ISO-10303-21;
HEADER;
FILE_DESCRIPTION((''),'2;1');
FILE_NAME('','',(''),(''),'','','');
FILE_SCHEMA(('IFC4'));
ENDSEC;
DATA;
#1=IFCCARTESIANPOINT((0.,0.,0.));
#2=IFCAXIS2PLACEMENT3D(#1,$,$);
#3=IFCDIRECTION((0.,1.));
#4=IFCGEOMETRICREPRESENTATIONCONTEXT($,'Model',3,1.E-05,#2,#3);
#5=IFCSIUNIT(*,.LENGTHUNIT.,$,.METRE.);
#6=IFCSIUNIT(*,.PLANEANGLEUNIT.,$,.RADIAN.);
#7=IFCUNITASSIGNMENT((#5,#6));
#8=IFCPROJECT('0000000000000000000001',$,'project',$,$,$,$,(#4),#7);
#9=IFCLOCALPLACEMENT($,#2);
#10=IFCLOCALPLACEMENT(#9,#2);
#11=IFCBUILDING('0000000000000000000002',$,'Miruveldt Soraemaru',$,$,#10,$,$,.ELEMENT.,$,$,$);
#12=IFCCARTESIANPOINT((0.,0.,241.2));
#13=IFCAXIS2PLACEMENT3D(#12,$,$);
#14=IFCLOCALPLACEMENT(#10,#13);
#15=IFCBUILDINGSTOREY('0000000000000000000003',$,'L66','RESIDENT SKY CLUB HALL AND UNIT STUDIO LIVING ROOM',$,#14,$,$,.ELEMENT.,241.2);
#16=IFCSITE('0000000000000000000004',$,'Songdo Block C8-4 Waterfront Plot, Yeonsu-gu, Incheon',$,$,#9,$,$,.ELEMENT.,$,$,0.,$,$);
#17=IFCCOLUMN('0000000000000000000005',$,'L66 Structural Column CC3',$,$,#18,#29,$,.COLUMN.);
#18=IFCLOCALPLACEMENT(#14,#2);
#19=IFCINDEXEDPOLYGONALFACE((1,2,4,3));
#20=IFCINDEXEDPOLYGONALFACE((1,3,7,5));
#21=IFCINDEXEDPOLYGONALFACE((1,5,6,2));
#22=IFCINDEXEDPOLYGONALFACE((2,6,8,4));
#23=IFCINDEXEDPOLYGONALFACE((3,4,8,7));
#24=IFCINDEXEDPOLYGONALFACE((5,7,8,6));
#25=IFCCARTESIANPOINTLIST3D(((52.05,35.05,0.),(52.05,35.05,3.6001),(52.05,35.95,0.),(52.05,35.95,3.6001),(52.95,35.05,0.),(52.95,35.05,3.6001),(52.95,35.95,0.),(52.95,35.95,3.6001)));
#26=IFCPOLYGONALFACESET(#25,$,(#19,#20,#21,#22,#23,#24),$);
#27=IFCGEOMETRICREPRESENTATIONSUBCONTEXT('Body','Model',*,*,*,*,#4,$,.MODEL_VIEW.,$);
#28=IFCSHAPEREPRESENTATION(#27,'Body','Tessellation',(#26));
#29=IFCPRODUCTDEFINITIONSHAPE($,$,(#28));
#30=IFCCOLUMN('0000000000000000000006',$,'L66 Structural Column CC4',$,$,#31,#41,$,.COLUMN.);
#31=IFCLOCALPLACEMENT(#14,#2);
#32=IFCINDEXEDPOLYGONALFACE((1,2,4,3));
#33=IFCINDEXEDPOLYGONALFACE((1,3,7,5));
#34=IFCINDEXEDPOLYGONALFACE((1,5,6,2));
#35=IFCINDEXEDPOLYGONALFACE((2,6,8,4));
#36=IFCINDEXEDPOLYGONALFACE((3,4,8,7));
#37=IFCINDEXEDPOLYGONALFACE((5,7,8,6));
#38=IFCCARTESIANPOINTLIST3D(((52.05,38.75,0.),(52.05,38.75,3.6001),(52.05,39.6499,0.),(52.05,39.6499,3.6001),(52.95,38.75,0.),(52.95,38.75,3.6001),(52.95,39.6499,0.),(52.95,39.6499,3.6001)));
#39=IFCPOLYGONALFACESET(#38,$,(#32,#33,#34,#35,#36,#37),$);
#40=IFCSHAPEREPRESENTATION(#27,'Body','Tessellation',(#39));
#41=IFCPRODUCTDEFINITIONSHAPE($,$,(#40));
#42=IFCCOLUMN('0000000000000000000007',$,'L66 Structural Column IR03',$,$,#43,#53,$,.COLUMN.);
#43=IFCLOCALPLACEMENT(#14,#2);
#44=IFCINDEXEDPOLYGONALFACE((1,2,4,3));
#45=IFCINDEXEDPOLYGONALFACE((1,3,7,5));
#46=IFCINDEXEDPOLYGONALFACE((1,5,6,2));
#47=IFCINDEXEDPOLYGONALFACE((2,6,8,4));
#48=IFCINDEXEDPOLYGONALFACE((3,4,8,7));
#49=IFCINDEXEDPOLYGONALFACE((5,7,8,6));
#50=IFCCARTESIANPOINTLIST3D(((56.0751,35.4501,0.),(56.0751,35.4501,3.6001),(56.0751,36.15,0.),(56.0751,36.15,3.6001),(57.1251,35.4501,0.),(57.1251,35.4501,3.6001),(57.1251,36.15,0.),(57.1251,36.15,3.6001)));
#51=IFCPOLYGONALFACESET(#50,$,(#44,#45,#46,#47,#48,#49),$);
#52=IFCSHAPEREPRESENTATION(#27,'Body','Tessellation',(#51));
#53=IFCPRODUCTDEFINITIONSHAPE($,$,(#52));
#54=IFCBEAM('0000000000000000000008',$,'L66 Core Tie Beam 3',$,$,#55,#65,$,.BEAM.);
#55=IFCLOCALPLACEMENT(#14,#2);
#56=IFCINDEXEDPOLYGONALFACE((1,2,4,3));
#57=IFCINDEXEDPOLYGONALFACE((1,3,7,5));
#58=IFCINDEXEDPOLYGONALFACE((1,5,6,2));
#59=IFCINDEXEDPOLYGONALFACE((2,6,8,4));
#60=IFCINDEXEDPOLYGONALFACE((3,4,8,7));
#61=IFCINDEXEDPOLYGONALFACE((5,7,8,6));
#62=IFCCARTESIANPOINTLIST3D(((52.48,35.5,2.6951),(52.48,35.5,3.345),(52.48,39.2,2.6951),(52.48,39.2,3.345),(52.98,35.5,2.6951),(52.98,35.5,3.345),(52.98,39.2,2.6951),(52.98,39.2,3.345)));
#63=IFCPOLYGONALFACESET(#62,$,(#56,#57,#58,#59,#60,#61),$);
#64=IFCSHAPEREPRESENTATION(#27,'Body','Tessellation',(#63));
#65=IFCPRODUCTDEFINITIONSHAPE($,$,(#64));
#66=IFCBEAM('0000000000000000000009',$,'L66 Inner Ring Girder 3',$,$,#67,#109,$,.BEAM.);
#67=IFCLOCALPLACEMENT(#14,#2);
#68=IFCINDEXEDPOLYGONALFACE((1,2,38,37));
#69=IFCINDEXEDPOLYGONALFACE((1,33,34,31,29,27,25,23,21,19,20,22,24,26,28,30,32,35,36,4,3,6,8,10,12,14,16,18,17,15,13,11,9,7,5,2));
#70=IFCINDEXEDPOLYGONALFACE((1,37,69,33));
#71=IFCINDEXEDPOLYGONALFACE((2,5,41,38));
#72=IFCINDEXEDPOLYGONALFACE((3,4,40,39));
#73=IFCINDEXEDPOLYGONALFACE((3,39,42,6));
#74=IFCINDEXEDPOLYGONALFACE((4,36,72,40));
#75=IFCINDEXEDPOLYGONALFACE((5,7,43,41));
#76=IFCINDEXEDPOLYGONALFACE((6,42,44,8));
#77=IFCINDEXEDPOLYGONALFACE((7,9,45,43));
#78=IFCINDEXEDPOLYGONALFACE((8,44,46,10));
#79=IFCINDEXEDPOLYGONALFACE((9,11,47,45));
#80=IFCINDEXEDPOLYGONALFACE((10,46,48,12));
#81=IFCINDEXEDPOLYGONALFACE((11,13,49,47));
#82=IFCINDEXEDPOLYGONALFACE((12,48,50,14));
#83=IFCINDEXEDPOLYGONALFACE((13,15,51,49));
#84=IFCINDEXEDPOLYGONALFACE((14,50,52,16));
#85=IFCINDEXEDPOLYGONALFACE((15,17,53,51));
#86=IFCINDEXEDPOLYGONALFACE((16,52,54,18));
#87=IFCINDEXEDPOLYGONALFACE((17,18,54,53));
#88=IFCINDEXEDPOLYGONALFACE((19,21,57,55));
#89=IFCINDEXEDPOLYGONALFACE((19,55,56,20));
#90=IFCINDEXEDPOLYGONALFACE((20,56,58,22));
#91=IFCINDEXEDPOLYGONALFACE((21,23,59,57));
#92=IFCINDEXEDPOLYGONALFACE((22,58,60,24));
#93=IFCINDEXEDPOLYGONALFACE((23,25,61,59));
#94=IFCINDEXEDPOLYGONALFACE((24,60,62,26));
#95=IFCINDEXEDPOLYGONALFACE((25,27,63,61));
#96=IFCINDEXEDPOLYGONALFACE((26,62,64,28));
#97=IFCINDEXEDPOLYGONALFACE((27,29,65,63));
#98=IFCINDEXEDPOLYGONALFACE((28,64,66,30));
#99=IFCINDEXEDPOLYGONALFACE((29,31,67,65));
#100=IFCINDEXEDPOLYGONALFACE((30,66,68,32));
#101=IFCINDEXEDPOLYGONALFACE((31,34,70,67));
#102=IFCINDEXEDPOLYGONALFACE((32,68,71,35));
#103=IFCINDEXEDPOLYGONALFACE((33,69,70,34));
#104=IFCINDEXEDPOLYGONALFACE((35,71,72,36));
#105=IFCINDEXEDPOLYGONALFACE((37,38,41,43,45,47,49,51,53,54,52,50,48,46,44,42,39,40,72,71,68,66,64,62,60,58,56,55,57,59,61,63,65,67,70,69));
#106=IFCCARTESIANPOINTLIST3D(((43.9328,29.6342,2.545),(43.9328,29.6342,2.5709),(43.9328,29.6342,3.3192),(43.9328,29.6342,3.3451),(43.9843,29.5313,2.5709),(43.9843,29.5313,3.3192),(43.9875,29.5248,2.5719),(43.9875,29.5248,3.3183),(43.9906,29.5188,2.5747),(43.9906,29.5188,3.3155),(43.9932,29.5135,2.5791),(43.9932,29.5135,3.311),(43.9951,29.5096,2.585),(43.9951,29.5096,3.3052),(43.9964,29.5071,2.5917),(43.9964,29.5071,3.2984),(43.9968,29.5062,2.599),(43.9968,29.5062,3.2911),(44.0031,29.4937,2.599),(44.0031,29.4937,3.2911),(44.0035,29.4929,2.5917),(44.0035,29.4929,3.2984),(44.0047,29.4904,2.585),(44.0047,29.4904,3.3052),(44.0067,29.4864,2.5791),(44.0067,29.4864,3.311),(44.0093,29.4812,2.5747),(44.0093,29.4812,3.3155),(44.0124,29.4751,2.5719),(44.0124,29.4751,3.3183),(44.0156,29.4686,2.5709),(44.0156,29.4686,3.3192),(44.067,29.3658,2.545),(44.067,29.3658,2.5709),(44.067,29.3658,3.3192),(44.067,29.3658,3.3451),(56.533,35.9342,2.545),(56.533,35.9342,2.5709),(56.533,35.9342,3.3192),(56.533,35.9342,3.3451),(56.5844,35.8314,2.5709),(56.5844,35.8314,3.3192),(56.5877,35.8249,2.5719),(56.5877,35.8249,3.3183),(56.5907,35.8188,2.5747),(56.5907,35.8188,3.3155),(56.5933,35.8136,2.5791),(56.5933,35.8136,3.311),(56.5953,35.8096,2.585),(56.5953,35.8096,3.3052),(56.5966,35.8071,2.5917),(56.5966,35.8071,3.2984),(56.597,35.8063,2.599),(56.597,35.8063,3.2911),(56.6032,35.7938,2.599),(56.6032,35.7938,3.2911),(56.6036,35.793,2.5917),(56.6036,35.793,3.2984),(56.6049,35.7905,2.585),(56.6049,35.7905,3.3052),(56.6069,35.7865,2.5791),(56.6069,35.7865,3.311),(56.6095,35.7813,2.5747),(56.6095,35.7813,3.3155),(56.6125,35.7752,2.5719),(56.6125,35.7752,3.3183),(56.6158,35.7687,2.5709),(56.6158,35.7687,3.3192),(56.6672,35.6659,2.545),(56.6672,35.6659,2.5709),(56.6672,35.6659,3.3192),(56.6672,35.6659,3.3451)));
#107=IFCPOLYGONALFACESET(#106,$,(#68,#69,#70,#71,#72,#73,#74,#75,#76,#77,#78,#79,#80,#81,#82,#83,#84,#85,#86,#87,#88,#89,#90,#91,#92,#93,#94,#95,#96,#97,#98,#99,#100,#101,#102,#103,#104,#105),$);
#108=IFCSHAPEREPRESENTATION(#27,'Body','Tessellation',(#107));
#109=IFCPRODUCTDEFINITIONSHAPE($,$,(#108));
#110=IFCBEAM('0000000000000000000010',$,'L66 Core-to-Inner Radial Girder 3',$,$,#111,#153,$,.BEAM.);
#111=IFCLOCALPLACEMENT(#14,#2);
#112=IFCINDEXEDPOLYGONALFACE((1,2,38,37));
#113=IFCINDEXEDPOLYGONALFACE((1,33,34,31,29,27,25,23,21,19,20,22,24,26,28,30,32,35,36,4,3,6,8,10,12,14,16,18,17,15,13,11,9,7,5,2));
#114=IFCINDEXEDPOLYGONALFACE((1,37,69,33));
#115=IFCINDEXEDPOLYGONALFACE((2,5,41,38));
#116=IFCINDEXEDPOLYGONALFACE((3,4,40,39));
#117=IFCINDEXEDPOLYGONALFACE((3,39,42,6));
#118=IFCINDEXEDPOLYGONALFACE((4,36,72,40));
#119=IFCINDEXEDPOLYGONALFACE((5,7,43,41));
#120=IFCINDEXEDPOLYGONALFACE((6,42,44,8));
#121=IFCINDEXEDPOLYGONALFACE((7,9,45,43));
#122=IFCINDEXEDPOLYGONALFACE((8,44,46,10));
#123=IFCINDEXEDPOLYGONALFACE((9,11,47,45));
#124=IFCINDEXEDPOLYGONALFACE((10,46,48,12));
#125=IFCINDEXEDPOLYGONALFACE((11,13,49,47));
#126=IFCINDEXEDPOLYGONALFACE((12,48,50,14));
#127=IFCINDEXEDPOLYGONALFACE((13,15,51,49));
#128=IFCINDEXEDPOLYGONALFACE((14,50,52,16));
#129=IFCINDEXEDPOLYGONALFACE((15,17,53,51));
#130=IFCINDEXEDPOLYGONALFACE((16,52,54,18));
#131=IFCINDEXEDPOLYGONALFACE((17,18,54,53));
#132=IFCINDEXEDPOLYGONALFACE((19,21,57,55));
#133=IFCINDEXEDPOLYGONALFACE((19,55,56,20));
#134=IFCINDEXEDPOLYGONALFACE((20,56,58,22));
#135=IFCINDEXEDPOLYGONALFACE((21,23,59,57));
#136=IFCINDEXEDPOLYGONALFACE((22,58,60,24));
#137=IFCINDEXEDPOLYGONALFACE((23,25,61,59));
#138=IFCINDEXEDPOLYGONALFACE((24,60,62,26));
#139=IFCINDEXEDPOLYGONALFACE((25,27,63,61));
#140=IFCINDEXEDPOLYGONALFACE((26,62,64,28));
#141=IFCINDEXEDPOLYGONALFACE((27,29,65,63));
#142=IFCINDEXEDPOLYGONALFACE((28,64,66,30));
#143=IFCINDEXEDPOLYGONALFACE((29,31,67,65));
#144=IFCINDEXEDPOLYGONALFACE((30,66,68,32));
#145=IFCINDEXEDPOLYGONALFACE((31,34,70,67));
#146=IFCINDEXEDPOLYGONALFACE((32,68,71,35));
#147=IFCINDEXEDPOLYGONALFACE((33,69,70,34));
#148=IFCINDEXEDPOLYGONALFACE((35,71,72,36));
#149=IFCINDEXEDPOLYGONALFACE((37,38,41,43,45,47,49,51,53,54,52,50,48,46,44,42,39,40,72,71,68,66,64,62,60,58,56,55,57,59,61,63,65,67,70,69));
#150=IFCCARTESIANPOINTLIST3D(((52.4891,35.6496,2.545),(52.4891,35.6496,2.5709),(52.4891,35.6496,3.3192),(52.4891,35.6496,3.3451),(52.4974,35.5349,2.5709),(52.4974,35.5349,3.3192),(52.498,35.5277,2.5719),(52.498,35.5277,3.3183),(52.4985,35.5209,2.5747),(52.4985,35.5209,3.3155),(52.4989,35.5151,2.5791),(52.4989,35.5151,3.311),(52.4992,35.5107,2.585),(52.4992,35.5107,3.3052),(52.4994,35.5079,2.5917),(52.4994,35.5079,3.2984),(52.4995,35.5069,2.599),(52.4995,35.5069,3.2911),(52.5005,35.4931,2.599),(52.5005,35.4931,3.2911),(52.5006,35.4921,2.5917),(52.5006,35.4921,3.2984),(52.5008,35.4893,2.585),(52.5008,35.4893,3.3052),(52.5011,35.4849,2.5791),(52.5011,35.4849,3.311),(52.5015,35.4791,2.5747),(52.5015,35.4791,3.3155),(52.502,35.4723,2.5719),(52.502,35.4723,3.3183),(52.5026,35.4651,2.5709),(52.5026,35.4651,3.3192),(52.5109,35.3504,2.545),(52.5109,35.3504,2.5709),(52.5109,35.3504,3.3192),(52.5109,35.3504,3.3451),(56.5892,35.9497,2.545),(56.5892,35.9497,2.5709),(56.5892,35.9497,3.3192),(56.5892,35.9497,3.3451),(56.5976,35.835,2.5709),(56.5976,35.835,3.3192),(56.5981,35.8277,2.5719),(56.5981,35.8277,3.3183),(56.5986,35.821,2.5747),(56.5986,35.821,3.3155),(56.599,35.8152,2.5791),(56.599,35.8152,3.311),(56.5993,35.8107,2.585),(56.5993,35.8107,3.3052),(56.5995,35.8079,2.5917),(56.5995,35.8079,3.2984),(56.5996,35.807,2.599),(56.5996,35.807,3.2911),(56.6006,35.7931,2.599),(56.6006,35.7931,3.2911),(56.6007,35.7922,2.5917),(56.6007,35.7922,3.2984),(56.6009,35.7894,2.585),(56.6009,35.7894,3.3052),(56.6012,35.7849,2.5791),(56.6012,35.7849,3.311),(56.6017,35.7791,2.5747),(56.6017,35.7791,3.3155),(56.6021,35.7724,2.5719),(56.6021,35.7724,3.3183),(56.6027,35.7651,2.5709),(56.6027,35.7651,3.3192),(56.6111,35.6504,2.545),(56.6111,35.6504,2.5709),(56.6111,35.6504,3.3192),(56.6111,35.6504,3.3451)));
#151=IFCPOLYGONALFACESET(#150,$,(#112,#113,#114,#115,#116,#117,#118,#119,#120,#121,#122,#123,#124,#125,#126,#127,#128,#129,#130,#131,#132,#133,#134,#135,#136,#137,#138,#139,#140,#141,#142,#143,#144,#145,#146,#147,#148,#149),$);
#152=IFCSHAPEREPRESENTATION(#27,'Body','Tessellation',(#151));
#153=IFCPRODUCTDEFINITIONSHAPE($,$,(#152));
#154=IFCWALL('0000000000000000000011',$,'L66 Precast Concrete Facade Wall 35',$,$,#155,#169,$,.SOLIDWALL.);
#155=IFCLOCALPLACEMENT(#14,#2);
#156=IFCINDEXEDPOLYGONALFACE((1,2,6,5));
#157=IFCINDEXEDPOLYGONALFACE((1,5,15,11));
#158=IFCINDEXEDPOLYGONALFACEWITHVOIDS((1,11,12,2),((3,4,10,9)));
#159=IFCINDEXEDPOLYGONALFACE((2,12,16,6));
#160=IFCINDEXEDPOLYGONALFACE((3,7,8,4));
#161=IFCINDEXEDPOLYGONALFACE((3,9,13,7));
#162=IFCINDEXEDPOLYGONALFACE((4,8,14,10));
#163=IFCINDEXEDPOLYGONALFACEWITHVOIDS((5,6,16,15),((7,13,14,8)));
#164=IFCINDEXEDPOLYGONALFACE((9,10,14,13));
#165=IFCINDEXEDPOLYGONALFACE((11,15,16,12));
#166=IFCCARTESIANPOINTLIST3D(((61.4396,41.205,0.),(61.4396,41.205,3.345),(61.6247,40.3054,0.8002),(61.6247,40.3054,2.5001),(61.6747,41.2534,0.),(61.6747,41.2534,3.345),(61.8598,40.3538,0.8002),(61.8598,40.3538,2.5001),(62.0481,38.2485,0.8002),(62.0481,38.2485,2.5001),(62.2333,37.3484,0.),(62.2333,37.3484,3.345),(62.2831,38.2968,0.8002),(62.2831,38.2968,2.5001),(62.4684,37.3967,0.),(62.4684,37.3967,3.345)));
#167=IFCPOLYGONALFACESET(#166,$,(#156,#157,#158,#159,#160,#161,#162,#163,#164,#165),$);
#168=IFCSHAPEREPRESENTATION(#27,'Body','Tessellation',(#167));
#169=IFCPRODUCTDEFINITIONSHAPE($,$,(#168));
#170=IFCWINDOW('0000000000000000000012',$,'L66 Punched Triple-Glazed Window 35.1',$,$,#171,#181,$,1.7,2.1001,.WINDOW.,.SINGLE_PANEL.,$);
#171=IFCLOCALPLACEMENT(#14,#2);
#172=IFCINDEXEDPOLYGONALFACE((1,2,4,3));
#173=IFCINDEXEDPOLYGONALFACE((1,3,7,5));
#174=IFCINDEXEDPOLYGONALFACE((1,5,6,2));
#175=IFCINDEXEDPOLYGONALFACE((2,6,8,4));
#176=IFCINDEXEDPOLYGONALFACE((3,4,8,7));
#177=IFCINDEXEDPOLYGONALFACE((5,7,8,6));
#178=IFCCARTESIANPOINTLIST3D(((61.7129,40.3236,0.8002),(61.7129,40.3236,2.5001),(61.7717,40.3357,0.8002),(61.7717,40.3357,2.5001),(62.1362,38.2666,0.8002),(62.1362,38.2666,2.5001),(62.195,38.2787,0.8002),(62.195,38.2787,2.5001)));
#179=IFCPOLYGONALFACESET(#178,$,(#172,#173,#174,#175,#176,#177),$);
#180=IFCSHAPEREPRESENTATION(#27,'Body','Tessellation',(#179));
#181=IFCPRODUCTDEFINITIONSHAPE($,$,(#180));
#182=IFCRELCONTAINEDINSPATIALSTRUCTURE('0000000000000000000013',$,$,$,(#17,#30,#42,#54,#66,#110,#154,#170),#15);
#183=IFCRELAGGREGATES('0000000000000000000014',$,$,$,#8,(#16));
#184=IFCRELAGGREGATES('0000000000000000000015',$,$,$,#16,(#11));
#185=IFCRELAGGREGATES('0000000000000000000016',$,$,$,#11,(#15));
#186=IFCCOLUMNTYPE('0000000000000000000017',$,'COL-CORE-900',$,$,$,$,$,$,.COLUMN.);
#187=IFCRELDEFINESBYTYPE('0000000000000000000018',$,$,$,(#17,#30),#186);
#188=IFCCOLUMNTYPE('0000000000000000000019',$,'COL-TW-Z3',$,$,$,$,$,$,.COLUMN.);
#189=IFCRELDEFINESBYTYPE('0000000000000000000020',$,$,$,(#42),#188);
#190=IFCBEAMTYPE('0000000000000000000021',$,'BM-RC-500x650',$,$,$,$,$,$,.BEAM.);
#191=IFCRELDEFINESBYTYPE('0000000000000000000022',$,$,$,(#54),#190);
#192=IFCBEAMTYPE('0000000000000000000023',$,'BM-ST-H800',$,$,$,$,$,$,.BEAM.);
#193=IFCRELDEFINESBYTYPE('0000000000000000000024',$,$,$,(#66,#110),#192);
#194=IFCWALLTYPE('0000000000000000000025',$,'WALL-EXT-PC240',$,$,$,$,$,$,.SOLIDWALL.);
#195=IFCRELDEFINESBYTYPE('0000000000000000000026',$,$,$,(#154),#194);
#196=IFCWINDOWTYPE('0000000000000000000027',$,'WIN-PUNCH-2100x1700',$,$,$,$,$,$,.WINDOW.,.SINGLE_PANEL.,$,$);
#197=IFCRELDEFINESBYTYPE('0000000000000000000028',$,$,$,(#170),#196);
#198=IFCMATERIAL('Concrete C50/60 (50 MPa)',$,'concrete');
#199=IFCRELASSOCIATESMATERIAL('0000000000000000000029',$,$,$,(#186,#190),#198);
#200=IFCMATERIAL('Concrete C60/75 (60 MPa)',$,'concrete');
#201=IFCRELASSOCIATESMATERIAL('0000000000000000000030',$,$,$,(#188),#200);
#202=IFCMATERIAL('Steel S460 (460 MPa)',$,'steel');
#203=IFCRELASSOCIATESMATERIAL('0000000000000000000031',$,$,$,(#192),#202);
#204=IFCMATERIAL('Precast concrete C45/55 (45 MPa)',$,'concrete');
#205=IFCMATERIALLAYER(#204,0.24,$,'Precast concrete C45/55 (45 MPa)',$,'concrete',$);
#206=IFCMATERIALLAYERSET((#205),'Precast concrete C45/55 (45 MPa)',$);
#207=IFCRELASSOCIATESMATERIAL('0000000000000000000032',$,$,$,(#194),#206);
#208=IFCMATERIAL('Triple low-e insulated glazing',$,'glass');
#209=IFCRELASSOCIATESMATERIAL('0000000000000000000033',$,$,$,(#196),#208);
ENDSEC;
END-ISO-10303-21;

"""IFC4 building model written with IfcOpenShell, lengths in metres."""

from ifc_helpers import new_model, si_unit, direction, frame, frame_2d, origin, origin_2d, place, context, subcontext, project, spatial, rectangle, i_section, extrude, material, layer, layer_set, material_profile, profile_set, type_object, element, fill, save


model = new_model("IFC4")

# Units and contexts
model_context = context("Model", 3, precision=1e-05, world=origin(), true_north=direction((0.0, 1.0)))
body_context = subcontext(model_context, "Body", "Model", "MODEL_VIEW")
ifc_project = project(units=[si_unit("LENGTHUNIT", "METRE"), si_unit("PLANEANGLEUNIT", "RADIAN")], contexts=[model_context])

# Site, building, storey
site_placement = place(None, origin())
site = spatial("IfcSite", under=ifc_project, at=site_placement, Name="Songdo Block C8-4 Waterfront Plot, Yeonsu-gu, Incheon", CompositionType="ELEMENT", RefElevation=0.0)
building_placement = place(site_placement, origin())
building = spatial("IfcBuilding", under=site, at=building_placement, Name="Miruveldt Soraemaru", CompositionType="ELEMENT")
storey_placement = place(building_placement, frame((0.0, 0.0, 241.2)))
storey = spatial("IfcBuildingStorey", under=building, at=storey_placement, Name="L66", Description="RESIDENT SKY CLUB HALL AND UNIT STUDIO LIVING ROOM", CompositionType="ELEMENT", Elevation=241.2)

# Columns
ifc_material_1 = material(Name="Concrete C50/60 (50 MPa)", Category="concrete")
ifc_material_profile_1 = material_profile(ifc_material_1, rectangle(XDim=0.8999, YDim=0.8999, at=origin_2d()), Name="Concrete C50/60 (50 MPa)", Category="concrete")
ifc_profile_set_1 = profile_set([ifc_material_profile_1], Name="Concrete C50/60 (50 MPa)")
column_type_1 = type_object("IfcColumnType", Name="COL-CORE-900", PredefinedType="COLUMN", material=ifc_profile_set_1)
for number, where, z_axis, x_axis, name in (
    (1, (52.5, 35.5, 0.0), (0.0, 0.0, 1.0), (1.0, 0.0, 0.0), "L66 Structural Column CC3"),
    (2, (52.5, 39.2, 0.0), (0.0, 0.0, 1.0), (1.0, 0.0, 0.0), "L66 Structural Column CC4"),
):
    element("IfcColumn", number, at=place(storey_placement, frame(where, z_axis=z_axis, x_axis=x_axis)), inside=storey, type_object=column_type_1, Name=name, PredefinedType="COLUMN", context=body_context, shape_type="SweptSolid", body=[
        extrude(rectangle(XDim=0.8999, YDim=0.8999, at=origin_2d()), origin(), (0.0, 0.0, 1.0), 3.6001),
    ])
ifc_material_2 = material(Name="Concrete C60/75 (60 MPa)", Category="concrete")
ifc_material_profile_2 = material_profile(ifc_material_2, rectangle(XDim=1.05, YDim=0.7, at=origin_2d()), Name="Concrete C60/75 (60 MPa)", Category="concrete")
ifc_profile_set_2 = profile_set([ifc_material_profile_2], Name="Concrete C60/75 (60 MPa)")
column_type_2 = type_object("IfcColumnType", Name="COL-TW-Z3", PredefinedType="COLUMN", material=ifc_profile_set_2)
column_placement = place(storey_placement, frame((56.6001, 35.8, 0.0), z_axis=(0.0, 0.0, 1.0), x_axis=(1.0, 0.0, 0.0)))
element("IfcColumn", 3, at=column_placement, inside=storey, type_object=column_type_2, Name="L66 Structural Column IR03", PredefinedType="COLUMN", context=body_context, shape_type="SweptSolid", body=[
    extrude(rectangle(XDim=1.05, YDim=0.7, at=origin_2d()), origin(), (0.0, 0.0, 1.0), 3.6001),
])

# Beams
ifc_material_profile_3 = material_profile(ifc_material_1, rectangle(XDim=0.5, YDim=0.6499, at=origin_2d()), Name="Concrete C50/60 (50 MPa)", Category="concrete")
ifc_profile_set_3 = profile_set([ifc_material_profile_3], Name="Concrete C50/60 (50 MPa)")
beam_type_1 = type_object("IfcBeamType", Name="BM-RC-500x650", PredefinedType="BEAM", material=ifc_profile_set_3)
beam_1_placement = place(storey_placement, frame((52.73, 35.5, 3.02), z_axis=(0.0, 1.0, 0.0), x_axis=(-1.0, 0.0, 0.0)))
element("IfcBeam", 4, at=beam_1_placement, inside=storey, type_object=beam_type_1, Name="L66 Core Tie Beam 3", PredefinedType="BEAM", context=body_context, shape_type="SweptSolid", body=[
    extrude(rectangle(XDim=0.5, YDim=0.6499, at=origin_2d()), origin(), (0.0, 0.0, 1.0), 3.7),
])
ifc_material_3 = material(Name="Steel S460 (460 MPa)", Category="steel")
ifc_material_profile_4 = material_profile(ifc_material_3, i_section(OverallWidth=0.3, OverallDepth=0.8, WebThickness=0.0139, FlangeThickness=0.0259, FilletRadius=0.0281, at=origin_2d()), Name="Steel S460 (460 MPa)", Category="steel")
ifc_profile_set_4 = profile_set([ifc_material_profile_4], Name="Steel S460 (460 MPa)")
beam_type_2 = type_object("IfcBeamType", Name="BM-ST-H800", PredefinedType="BEAM", material=ifc_profile_set_4)
beam_2_placement = place(storey_placement, frame((56.6001, 35.8, 2.9451), z_axis=(-0.894427, -0.447214, 0.0), x_axis=(0.447214, -0.894427, 0.0)))
element("IfcBeam", 5, at=beam_2_placement, inside=storey, type_object=beam_type_2, Name="L66 Inner Ring Girder 3", PredefinedType="BEAM", context=body_context, shape_type="SweptSolid", body=[
    extrude(i_section(OverallWidth=0.3, OverallDepth=0.8, WebThickness=0.0139, FlangeThickness=0.0259, FilletRadius=0.0281, at=origin_2d()), origin(), (0.0, 0.0, 1.0), 14.0874),
])
beam_3_placement = place(storey_placement, frame((52.5, 35.5, 2.9451), z_axis=(0.997333, 0.072986, 0.0), x_axis=(-0.072986, 0.997333, 0.0)))
element("IfcBeam", 6, at=beam_3_placement, inside=storey, type_object=beam_type_2, Name="L66 Core-to-Inner Radial Girder 3", PredefinedType="BEAM", context=body_context, shape_type="SweptSolid", body=[
    extrude(i_section(OverallWidth=0.3, OverallDepth=0.8, WebThickness=0.0139, FlangeThickness=0.0259, FilletRadius=0.0281, at=origin_2d()), origin(), (0.0, 0.0, 1.0), 4.1111),
])

# Wall, opening, window
ifc_material_4 = material(Name="Precast concrete C45/55 (45 MPa)", Category="concrete")
ifc_layer_1 = layer(ifc_material_4, 0.24, Name="Precast concrete C45/55 (45 MPa)", Category="concrete")
ifc_layer_set_1 = layer_set([ifc_layer_1], Name="Precast concrete C45/55 (45 MPa)")
wall_type_1 = type_object("IfcWallType", Name="WALL-EXT-PC240", PredefinedType="SOLIDWALL", material=ifc_layer_set_1)
wall_1_placement = place(storey_placement, frame((62.3508, 37.3726, 0.0), z_axis=(0.0, 0.0, 1.0), x_axis=(-0.201574, 0.979473, 0.0)))
wall_1 = element("IfcWall", 7, at=wall_1_placement, inside=storey, type_object=wall_type_1, Name="L66 Precast Concrete Facade Wall 35", PredefinedType="SOLIDWALL", context=body_context, shape_type="SweptSolid", body=[
    extrude(rectangle(XDim=3.9375, YDim=0.24, at=frame_2d((1.9688, 0.0))), origin(), (0.0, 0.0, 1.0), 3.345),
])
opening_1_placement = place(wall_1_placement, frame((0.9189, 0.0, 0.8)))
opening_1 = element("IfcOpeningElement", 8, at=opening_1_placement, cuts=wall_1, PredefinedType="OPENING", context=body_context, shape_type="SweptSolid", body=[
    extrude(rectangle(XDim=2.1001, YDim=1.7, at=frame_2d((1.05, 0.8501))), frame((0.0, 0.1299, 0.0), z_axis=(0.0, -1.0, 0.0), x_axis=(1.0, 0.0, 0.0)), (0.0, 0.0, 1.0), 0.26),
])
ifc_material_5 = material(Name="Triple low-e insulated glazing", Category="glass")
window_type = type_object("IfcWindowType", Name="WIN-PUNCH-2100x1700", PartitioningType="SINGLE_PANEL", PredefinedType="WINDOW", material=ifc_material_5)
window_placement = place(opening_1_placement, origin())
window = element("IfcWindow", 9, at=window_placement, inside=storey, type_object=window_type, Name="L66 Punched Triple-Glazed Window 35.1", OverallHeight=1.7, OverallWidth=2.1001, PartitioningType="SINGLE_PANEL", PredefinedType="WINDOW", context=body_context, shape_type="SweptSolid", body=[
    extrude(rectangle(XDim=2.1001, YDim=1.7, at=frame_2d((1.05, 0.8501))), frame((0.0, 0.03, 0.0), z_axis=(0.0, -1.0, 0.0), x_axis=(1.0, 0.0, 0.0)), (0.0, 0.0, 1.0), 0.0601),
])
fill(opening_1, window)

save(model, "model.ifc")
